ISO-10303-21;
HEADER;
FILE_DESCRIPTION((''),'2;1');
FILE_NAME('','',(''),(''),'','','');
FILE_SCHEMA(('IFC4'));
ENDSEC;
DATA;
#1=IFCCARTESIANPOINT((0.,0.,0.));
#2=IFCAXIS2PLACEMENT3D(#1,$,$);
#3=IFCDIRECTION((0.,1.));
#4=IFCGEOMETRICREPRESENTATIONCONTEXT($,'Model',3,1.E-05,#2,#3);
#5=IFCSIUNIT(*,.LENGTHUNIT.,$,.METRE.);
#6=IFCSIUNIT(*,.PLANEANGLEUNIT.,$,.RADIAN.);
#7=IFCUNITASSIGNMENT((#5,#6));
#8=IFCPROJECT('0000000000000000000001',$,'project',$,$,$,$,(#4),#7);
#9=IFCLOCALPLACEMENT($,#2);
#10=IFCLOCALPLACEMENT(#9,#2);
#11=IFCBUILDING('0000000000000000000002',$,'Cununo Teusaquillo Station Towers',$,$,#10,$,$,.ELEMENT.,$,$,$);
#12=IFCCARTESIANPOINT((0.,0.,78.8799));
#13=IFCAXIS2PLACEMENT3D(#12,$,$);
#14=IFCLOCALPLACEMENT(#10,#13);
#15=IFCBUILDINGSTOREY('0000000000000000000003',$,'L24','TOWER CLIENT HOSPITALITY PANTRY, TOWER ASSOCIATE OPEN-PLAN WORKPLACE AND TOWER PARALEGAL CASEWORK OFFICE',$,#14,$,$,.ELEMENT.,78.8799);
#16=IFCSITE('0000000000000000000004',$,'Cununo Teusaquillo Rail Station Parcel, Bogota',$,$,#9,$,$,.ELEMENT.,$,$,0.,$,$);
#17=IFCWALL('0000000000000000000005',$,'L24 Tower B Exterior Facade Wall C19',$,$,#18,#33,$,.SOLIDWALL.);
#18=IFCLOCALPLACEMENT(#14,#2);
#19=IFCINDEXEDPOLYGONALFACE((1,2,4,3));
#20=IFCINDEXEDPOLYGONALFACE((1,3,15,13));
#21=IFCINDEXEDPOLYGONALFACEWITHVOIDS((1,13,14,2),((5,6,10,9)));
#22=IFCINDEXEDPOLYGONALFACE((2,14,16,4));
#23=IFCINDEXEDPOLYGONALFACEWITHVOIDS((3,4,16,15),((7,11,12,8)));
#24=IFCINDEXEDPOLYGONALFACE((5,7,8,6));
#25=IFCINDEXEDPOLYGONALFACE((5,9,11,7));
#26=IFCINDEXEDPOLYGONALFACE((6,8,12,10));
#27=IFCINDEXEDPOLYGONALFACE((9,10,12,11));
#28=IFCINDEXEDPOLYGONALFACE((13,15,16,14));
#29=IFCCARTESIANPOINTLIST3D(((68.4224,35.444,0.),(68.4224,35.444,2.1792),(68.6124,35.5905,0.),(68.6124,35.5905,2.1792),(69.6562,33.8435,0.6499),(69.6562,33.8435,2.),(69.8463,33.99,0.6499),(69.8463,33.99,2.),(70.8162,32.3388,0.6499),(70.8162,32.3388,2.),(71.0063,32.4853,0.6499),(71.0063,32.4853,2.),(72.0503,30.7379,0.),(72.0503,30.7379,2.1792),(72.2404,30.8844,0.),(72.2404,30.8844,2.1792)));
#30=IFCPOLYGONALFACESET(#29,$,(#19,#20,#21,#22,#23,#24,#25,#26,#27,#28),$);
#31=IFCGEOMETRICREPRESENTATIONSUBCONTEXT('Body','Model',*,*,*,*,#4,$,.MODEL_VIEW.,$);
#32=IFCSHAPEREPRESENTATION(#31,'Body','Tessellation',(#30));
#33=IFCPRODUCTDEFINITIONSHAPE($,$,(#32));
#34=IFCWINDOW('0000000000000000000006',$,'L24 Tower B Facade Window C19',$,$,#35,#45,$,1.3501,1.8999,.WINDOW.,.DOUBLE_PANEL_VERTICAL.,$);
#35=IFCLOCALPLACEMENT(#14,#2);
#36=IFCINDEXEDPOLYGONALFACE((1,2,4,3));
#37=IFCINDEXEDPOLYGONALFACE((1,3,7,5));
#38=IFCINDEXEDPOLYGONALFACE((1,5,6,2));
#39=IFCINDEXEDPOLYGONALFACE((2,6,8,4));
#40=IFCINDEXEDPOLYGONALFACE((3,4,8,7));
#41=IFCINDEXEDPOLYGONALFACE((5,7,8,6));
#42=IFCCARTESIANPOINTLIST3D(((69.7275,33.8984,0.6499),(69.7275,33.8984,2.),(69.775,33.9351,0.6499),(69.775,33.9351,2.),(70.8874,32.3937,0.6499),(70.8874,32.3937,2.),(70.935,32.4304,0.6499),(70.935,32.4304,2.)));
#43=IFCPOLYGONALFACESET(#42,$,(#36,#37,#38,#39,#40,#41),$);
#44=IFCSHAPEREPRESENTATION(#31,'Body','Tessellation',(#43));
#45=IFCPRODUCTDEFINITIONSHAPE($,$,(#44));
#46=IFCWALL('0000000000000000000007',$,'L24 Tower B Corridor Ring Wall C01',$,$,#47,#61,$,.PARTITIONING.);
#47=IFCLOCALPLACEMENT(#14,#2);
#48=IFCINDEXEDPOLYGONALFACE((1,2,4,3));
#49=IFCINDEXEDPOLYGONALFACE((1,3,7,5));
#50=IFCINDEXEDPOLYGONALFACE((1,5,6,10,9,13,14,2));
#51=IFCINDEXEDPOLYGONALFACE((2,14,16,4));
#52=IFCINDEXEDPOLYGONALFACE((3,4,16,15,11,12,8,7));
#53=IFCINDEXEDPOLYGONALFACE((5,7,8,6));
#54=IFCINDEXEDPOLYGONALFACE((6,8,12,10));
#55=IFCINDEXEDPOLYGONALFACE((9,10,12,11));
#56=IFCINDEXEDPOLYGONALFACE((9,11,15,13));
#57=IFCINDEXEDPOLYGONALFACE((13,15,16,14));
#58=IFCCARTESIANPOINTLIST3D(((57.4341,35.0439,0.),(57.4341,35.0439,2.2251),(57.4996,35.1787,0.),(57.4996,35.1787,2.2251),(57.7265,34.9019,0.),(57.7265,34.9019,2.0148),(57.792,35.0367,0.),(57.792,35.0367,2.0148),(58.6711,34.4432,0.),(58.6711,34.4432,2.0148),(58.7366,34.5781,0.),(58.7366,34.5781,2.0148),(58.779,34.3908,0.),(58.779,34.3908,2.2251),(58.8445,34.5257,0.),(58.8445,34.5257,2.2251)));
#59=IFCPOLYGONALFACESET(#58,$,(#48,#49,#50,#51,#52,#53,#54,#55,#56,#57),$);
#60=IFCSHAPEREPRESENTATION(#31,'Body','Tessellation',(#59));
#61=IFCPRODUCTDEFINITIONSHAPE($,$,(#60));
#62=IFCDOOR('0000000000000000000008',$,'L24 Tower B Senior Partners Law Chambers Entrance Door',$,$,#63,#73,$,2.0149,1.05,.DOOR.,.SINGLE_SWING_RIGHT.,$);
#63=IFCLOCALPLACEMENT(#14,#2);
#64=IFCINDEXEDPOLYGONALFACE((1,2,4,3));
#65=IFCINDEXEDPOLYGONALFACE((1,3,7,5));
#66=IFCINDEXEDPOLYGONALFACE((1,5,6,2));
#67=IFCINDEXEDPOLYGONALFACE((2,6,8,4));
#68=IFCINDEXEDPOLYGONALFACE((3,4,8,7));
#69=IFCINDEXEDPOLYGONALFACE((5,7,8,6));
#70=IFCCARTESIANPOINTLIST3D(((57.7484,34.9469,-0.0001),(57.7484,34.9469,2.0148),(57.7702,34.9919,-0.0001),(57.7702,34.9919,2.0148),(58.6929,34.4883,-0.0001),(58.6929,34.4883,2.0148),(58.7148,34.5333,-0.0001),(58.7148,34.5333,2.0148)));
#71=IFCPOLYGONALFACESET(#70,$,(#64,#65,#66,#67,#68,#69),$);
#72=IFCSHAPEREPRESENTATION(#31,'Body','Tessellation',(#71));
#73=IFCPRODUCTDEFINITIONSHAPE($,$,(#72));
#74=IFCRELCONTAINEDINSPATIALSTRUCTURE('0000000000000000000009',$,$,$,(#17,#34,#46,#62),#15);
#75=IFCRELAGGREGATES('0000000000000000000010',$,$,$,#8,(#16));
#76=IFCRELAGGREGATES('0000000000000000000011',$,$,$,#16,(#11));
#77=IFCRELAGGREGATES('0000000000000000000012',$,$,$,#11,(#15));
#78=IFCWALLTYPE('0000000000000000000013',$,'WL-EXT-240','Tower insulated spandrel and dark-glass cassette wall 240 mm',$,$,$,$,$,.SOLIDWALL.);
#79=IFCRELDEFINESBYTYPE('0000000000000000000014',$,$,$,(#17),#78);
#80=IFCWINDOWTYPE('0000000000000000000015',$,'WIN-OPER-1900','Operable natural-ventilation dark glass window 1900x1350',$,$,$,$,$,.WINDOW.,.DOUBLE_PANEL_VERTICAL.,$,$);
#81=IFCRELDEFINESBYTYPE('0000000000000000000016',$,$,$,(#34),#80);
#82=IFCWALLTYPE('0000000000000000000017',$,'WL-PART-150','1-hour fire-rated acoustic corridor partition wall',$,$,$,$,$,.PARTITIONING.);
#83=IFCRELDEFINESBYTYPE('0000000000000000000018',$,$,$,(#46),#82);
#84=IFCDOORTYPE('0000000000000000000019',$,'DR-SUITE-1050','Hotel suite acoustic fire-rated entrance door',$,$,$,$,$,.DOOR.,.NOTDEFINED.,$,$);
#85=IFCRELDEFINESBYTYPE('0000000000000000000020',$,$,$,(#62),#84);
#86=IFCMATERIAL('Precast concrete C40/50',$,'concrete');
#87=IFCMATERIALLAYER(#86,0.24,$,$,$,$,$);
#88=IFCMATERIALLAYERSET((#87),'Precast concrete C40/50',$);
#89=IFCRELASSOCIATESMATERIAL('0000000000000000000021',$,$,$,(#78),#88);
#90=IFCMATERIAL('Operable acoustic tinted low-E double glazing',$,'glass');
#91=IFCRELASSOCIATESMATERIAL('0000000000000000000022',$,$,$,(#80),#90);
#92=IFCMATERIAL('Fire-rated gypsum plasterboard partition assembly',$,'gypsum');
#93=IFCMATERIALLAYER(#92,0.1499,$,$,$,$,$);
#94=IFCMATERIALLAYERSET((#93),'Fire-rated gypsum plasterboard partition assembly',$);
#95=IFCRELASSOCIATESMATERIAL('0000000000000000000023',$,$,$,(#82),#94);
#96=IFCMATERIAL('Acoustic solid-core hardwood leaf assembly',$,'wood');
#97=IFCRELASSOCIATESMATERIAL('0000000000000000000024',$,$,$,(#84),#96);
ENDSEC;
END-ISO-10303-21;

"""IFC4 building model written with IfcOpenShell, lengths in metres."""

from ifc_helpers import new_model, si_unit, direction, frame, frame_2d, origin, place, context, subcontext, project, spatial, rectangle, extrude, source, transform, mapped, material, layer, layer_set, type_object, element, fill, save


model = new_model("IFC4")

# Units and contexts
model_context = context("Model", 3, precision=1e-05, world=origin(), true_north=direction((0.0, 1.0)))
body_context = subcontext(model_context, "Body", "Model", "MODEL_VIEW")
ifc_project = project(units=[si_unit("LENGTHUNIT", "METRE"), si_unit("PLANEANGLEUNIT", "RADIAN")], contexts=[model_context])

# Site, building, storey
site_placement = place(None, origin())
site = spatial("IfcSite", under=ifc_project, at=site_placement, Name="Cununo Teusaquillo Rail Station Parcel, Bogota", CompositionType="ELEMENT", RefElevation=0.0)
building_placement = place(site_placement, origin())
building = spatial("IfcBuilding", under=site, at=building_placement, Name="Cununo Teusaquillo Station Towers", CompositionType="ELEMENT")
storey_placement = place(building_placement, frame((0.0, 0.0, 78.8799)))
storey = spatial("IfcBuildingStorey", under=building, at=storey_placement, Name="L24", Description="TOWER CLIENT HOSPITALITY PANTRY, TOWER ASSOCIATE OPEN-PLAN WORKPLACE AND TOWER PARALEGAL CASEWORK OFFICE", CompositionType="ELEMENT", Elevation=78.8799)

# Shared definitions
ifc_material_1 = material(Name="Precast concrete C40/50", Category="concrete")
ifc_layer_1 = layer(ifc_material_1, 0.24)
ifc_layer_set_1 = layer_set([ifc_layer_1], Name="Precast concrete C40/50")
wall_type_1 = type_object("IfcWallType", Name="WL-EXT-240", Description="Tower insulated spandrel and dark-glass cassette wall 240 mm", PredefinedType="SOLIDWALL", material=ifc_layer_set_1)

# Wall, opening, window
wall_1_placement = place(storey_placement, frame((68.5173, 35.5173, 0.0), z_axis=(0.0, 0.0, 1.0), x_axis=(0.610544, -0.791982, 0.0)))
wall_1 = element("IfcWall", 1, at=wall_1_placement, inside=storey, type_object=wall_type_1, Name="L24 Tower B Exterior Facade Wall C19", PredefinedType="SOLIDWALL", context=body_context, shape_type="SweptSolid", body=[
    extrude(rectangle(XDim=5.9421, YDim=0.24, at=frame_2d((2.9712, 0.0))), origin(), (0.0, 0.0, 1.0), 2.1792),
])
shared_shape_1 = source(origin(), body_context, "Body", "SweptSolid", [
    extrude(rectangle(XDim=1.8999, YDim=1.3501, at=frame_2d((0.95, 0.675))), frame((0.0, 0.1299, 0.0), z_axis=(0.0, -1.0, 0.0), x_axis=(1.0, 0.0, 0.0)), (0.0, 0.0, 1.0), 0.26),
])
opening_1_placement = place(wall_1_placement, frame((2.021, 0.0, 0.6499)))
opening_1 = element("IfcOpeningElement", 2, at=opening_1_placement, cuts=wall_1, PredefinedType="OPENING", context=body_context, shape_type="MappedRepresentation", body=[
    mapped(shared_shape_1, transform((0.0, 0.0, 0.0), x_axis=(1.0, 0.0, 0.0), y_axis=(0.0, 1.0, 0.0), z_axis=(0.0, 0.0, 1.0), scale=1.0)),
])
ifc_material_2 = material(Name="Operable acoustic tinted low-E double glazing", Category="glass")
window_type = type_object("IfcWindowType", Name="WIN-OPER-1900", Description="Operable natural-ventilation dark glass window 1900x1350", PartitioningType="DOUBLE_PANEL_VERTICAL", PredefinedType="WINDOW", material=ifc_material_2)
shared_shape_2 = source(origin(), body_context, "Body", "SweptSolid", [
    extrude(rectangle(XDim=1.8999, YDim=1.3501, at=frame_2d((0.95, 0.675))), frame((0.0, 0.03, 0.0), z_axis=(0.0, -1.0, 0.0), x_axis=(1.0, 0.0, 0.0)), (0.0, 0.0, 1.0), 0.0601),
])
window_placement = place(opening_1_placement, origin())
window = element("IfcWindow", 3, at=window_placement, inside=storey, type_object=window_type, Name="L24 Tower B Facade Window C19", OverallHeight=1.3501, OverallWidth=1.8999, PartitioningType="DOUBLE_PANEL_VERTICAL", PredefinedType="WINDOW", context=body_context, shape_type="MappedRepresentation", body=[
    mapped(shared_shape_2, transform((0.0, 0.0, 0.0), x_axis=(1.0, 0.0, 0.0), y_axis=(0.0, 1.0, 0.0), z_axis=(0.0, 0.0, 1.0), scale=1.0)),
])
fill(opening_1, window)

# Wall, opening, door
ifc_material_3 = material(Name="Fire-rated gypsum plasterboard partition assembly", Category="gypsum")
ifc_layer_2 = layer(ifc_material_3, 0.1499)
ifc_layer_set_2 = layer_set([ifc_layer_2], Name="Fire-rated gypsum plasterboard partition assembly")
wall_type_2 = type_object("IfcWallType", Name="WL-PART-150", Description="1-hour fire-rated acoustic corridor partition wall", PredefinedType="PARTITIONING", material=ifc_layer_set_2)
wall_2_placement = place(storey_placement, frame((58.8118, 34.4583, 0.0), z_axis=(0.0, 0.0, 1.0), x_axis=(-0.899559, 0.436798, 0.0)))
wall_2 = element("IfcWall", 4, at=wall_2_placement, inside=storey, type_object=wall_type_2, Name="L24 Tower B Corridor Ring Wall C01", PredefinedType="PARTITIONING", context=body_context, shape_type="SweptSolid", body=[
    extrude(rectangle(XDim=1.4951, YDim=0.1499, at=frame_2d((0.7476, 0.0))), origin(), (0.0, 0.0, 1.0), 2.2251),
])
shared_shape_3 = source(origin(), body_context, "Body", "SweptSolid", [
    extrude(rectangle(XDim=1.05, YDim=2.0149, at=frame_2d((0.5249, 1.0073))), frame((0.0, 0.085, 0.0), z_axis=(0.0, -1.0, 0.0), x_axis=(1.0, 0.0, 0.0)), (0.0, 0.0, 1.0), 0.1699),
])
opening_2_placement = place(wall_2_placement, frame((0.1201, 0.0, 0.0)))
opening_2 = element("IfcOpeningElement", 5, at=opening_2_placement, cuts=wall_2, PredefinedType="OPENING", context=body_context, shape_type="MappedRepresentation", body=[
    mapped(shared_shape_3, transform((0.0, 0.0, 0.0), x_axis=(1.0, 0.0, 0.0), y_axis=(0.0, 1.0, 0.0), z_axis=(0.0, 0.0, 1.0), scale=1.0)),
])
ifc_material_4 = material(Name="Acoustic solid-core hardwood leaf assembly", Category="wood")
door_type = type_object("IfcDoorType", Name="DR-SUITE-1050", Description="Hotel suite acoustic fire-rated entrance door", OperationType="NOTDEFINED", PredefinedType="DOOR", material=ifc_material_4)
shared_shape_4 = source(origin(), body_context, "Body", "SweptSolid", [
    extrude(rectangle(XDim=1.05, YDim=2.0149, at=frame_2d((0.5249, 1.0073))), frame((0.0, 0.0249, 0.0), z_axis=(0.0, -1.0, 0.0), x_axis=(1.0, 0.0, 0.0)), (0.0, 0.0, 1.0), 0.05),
])
door_placement = place(opening_2_placement, origin())
door = element("IfcDoor", 6, at=door_placement, inside=storey, type_object=door_type, Name="L24 Tower B Senior Partners Law Chambers Entrance Door", OperationType="SINGLE_SWING_RIGHT", OverallHeight=2.0149, OverallWidth=1.05, PredefinedType="DOOR", context=body_context, shape_type="MappedRepresentation", body=[
    mapped(shared_shape_4, transform((0.0, 0.0, 0.0), x_axis=(1.0, 0.0, 0.0), y_axis=(0.0, 1.0, 0.0), z_axis=(0.0, 0.0, 1.0), scale=1.0)),
])
fill(opening_2, door)

save(model, "model.ifc")
